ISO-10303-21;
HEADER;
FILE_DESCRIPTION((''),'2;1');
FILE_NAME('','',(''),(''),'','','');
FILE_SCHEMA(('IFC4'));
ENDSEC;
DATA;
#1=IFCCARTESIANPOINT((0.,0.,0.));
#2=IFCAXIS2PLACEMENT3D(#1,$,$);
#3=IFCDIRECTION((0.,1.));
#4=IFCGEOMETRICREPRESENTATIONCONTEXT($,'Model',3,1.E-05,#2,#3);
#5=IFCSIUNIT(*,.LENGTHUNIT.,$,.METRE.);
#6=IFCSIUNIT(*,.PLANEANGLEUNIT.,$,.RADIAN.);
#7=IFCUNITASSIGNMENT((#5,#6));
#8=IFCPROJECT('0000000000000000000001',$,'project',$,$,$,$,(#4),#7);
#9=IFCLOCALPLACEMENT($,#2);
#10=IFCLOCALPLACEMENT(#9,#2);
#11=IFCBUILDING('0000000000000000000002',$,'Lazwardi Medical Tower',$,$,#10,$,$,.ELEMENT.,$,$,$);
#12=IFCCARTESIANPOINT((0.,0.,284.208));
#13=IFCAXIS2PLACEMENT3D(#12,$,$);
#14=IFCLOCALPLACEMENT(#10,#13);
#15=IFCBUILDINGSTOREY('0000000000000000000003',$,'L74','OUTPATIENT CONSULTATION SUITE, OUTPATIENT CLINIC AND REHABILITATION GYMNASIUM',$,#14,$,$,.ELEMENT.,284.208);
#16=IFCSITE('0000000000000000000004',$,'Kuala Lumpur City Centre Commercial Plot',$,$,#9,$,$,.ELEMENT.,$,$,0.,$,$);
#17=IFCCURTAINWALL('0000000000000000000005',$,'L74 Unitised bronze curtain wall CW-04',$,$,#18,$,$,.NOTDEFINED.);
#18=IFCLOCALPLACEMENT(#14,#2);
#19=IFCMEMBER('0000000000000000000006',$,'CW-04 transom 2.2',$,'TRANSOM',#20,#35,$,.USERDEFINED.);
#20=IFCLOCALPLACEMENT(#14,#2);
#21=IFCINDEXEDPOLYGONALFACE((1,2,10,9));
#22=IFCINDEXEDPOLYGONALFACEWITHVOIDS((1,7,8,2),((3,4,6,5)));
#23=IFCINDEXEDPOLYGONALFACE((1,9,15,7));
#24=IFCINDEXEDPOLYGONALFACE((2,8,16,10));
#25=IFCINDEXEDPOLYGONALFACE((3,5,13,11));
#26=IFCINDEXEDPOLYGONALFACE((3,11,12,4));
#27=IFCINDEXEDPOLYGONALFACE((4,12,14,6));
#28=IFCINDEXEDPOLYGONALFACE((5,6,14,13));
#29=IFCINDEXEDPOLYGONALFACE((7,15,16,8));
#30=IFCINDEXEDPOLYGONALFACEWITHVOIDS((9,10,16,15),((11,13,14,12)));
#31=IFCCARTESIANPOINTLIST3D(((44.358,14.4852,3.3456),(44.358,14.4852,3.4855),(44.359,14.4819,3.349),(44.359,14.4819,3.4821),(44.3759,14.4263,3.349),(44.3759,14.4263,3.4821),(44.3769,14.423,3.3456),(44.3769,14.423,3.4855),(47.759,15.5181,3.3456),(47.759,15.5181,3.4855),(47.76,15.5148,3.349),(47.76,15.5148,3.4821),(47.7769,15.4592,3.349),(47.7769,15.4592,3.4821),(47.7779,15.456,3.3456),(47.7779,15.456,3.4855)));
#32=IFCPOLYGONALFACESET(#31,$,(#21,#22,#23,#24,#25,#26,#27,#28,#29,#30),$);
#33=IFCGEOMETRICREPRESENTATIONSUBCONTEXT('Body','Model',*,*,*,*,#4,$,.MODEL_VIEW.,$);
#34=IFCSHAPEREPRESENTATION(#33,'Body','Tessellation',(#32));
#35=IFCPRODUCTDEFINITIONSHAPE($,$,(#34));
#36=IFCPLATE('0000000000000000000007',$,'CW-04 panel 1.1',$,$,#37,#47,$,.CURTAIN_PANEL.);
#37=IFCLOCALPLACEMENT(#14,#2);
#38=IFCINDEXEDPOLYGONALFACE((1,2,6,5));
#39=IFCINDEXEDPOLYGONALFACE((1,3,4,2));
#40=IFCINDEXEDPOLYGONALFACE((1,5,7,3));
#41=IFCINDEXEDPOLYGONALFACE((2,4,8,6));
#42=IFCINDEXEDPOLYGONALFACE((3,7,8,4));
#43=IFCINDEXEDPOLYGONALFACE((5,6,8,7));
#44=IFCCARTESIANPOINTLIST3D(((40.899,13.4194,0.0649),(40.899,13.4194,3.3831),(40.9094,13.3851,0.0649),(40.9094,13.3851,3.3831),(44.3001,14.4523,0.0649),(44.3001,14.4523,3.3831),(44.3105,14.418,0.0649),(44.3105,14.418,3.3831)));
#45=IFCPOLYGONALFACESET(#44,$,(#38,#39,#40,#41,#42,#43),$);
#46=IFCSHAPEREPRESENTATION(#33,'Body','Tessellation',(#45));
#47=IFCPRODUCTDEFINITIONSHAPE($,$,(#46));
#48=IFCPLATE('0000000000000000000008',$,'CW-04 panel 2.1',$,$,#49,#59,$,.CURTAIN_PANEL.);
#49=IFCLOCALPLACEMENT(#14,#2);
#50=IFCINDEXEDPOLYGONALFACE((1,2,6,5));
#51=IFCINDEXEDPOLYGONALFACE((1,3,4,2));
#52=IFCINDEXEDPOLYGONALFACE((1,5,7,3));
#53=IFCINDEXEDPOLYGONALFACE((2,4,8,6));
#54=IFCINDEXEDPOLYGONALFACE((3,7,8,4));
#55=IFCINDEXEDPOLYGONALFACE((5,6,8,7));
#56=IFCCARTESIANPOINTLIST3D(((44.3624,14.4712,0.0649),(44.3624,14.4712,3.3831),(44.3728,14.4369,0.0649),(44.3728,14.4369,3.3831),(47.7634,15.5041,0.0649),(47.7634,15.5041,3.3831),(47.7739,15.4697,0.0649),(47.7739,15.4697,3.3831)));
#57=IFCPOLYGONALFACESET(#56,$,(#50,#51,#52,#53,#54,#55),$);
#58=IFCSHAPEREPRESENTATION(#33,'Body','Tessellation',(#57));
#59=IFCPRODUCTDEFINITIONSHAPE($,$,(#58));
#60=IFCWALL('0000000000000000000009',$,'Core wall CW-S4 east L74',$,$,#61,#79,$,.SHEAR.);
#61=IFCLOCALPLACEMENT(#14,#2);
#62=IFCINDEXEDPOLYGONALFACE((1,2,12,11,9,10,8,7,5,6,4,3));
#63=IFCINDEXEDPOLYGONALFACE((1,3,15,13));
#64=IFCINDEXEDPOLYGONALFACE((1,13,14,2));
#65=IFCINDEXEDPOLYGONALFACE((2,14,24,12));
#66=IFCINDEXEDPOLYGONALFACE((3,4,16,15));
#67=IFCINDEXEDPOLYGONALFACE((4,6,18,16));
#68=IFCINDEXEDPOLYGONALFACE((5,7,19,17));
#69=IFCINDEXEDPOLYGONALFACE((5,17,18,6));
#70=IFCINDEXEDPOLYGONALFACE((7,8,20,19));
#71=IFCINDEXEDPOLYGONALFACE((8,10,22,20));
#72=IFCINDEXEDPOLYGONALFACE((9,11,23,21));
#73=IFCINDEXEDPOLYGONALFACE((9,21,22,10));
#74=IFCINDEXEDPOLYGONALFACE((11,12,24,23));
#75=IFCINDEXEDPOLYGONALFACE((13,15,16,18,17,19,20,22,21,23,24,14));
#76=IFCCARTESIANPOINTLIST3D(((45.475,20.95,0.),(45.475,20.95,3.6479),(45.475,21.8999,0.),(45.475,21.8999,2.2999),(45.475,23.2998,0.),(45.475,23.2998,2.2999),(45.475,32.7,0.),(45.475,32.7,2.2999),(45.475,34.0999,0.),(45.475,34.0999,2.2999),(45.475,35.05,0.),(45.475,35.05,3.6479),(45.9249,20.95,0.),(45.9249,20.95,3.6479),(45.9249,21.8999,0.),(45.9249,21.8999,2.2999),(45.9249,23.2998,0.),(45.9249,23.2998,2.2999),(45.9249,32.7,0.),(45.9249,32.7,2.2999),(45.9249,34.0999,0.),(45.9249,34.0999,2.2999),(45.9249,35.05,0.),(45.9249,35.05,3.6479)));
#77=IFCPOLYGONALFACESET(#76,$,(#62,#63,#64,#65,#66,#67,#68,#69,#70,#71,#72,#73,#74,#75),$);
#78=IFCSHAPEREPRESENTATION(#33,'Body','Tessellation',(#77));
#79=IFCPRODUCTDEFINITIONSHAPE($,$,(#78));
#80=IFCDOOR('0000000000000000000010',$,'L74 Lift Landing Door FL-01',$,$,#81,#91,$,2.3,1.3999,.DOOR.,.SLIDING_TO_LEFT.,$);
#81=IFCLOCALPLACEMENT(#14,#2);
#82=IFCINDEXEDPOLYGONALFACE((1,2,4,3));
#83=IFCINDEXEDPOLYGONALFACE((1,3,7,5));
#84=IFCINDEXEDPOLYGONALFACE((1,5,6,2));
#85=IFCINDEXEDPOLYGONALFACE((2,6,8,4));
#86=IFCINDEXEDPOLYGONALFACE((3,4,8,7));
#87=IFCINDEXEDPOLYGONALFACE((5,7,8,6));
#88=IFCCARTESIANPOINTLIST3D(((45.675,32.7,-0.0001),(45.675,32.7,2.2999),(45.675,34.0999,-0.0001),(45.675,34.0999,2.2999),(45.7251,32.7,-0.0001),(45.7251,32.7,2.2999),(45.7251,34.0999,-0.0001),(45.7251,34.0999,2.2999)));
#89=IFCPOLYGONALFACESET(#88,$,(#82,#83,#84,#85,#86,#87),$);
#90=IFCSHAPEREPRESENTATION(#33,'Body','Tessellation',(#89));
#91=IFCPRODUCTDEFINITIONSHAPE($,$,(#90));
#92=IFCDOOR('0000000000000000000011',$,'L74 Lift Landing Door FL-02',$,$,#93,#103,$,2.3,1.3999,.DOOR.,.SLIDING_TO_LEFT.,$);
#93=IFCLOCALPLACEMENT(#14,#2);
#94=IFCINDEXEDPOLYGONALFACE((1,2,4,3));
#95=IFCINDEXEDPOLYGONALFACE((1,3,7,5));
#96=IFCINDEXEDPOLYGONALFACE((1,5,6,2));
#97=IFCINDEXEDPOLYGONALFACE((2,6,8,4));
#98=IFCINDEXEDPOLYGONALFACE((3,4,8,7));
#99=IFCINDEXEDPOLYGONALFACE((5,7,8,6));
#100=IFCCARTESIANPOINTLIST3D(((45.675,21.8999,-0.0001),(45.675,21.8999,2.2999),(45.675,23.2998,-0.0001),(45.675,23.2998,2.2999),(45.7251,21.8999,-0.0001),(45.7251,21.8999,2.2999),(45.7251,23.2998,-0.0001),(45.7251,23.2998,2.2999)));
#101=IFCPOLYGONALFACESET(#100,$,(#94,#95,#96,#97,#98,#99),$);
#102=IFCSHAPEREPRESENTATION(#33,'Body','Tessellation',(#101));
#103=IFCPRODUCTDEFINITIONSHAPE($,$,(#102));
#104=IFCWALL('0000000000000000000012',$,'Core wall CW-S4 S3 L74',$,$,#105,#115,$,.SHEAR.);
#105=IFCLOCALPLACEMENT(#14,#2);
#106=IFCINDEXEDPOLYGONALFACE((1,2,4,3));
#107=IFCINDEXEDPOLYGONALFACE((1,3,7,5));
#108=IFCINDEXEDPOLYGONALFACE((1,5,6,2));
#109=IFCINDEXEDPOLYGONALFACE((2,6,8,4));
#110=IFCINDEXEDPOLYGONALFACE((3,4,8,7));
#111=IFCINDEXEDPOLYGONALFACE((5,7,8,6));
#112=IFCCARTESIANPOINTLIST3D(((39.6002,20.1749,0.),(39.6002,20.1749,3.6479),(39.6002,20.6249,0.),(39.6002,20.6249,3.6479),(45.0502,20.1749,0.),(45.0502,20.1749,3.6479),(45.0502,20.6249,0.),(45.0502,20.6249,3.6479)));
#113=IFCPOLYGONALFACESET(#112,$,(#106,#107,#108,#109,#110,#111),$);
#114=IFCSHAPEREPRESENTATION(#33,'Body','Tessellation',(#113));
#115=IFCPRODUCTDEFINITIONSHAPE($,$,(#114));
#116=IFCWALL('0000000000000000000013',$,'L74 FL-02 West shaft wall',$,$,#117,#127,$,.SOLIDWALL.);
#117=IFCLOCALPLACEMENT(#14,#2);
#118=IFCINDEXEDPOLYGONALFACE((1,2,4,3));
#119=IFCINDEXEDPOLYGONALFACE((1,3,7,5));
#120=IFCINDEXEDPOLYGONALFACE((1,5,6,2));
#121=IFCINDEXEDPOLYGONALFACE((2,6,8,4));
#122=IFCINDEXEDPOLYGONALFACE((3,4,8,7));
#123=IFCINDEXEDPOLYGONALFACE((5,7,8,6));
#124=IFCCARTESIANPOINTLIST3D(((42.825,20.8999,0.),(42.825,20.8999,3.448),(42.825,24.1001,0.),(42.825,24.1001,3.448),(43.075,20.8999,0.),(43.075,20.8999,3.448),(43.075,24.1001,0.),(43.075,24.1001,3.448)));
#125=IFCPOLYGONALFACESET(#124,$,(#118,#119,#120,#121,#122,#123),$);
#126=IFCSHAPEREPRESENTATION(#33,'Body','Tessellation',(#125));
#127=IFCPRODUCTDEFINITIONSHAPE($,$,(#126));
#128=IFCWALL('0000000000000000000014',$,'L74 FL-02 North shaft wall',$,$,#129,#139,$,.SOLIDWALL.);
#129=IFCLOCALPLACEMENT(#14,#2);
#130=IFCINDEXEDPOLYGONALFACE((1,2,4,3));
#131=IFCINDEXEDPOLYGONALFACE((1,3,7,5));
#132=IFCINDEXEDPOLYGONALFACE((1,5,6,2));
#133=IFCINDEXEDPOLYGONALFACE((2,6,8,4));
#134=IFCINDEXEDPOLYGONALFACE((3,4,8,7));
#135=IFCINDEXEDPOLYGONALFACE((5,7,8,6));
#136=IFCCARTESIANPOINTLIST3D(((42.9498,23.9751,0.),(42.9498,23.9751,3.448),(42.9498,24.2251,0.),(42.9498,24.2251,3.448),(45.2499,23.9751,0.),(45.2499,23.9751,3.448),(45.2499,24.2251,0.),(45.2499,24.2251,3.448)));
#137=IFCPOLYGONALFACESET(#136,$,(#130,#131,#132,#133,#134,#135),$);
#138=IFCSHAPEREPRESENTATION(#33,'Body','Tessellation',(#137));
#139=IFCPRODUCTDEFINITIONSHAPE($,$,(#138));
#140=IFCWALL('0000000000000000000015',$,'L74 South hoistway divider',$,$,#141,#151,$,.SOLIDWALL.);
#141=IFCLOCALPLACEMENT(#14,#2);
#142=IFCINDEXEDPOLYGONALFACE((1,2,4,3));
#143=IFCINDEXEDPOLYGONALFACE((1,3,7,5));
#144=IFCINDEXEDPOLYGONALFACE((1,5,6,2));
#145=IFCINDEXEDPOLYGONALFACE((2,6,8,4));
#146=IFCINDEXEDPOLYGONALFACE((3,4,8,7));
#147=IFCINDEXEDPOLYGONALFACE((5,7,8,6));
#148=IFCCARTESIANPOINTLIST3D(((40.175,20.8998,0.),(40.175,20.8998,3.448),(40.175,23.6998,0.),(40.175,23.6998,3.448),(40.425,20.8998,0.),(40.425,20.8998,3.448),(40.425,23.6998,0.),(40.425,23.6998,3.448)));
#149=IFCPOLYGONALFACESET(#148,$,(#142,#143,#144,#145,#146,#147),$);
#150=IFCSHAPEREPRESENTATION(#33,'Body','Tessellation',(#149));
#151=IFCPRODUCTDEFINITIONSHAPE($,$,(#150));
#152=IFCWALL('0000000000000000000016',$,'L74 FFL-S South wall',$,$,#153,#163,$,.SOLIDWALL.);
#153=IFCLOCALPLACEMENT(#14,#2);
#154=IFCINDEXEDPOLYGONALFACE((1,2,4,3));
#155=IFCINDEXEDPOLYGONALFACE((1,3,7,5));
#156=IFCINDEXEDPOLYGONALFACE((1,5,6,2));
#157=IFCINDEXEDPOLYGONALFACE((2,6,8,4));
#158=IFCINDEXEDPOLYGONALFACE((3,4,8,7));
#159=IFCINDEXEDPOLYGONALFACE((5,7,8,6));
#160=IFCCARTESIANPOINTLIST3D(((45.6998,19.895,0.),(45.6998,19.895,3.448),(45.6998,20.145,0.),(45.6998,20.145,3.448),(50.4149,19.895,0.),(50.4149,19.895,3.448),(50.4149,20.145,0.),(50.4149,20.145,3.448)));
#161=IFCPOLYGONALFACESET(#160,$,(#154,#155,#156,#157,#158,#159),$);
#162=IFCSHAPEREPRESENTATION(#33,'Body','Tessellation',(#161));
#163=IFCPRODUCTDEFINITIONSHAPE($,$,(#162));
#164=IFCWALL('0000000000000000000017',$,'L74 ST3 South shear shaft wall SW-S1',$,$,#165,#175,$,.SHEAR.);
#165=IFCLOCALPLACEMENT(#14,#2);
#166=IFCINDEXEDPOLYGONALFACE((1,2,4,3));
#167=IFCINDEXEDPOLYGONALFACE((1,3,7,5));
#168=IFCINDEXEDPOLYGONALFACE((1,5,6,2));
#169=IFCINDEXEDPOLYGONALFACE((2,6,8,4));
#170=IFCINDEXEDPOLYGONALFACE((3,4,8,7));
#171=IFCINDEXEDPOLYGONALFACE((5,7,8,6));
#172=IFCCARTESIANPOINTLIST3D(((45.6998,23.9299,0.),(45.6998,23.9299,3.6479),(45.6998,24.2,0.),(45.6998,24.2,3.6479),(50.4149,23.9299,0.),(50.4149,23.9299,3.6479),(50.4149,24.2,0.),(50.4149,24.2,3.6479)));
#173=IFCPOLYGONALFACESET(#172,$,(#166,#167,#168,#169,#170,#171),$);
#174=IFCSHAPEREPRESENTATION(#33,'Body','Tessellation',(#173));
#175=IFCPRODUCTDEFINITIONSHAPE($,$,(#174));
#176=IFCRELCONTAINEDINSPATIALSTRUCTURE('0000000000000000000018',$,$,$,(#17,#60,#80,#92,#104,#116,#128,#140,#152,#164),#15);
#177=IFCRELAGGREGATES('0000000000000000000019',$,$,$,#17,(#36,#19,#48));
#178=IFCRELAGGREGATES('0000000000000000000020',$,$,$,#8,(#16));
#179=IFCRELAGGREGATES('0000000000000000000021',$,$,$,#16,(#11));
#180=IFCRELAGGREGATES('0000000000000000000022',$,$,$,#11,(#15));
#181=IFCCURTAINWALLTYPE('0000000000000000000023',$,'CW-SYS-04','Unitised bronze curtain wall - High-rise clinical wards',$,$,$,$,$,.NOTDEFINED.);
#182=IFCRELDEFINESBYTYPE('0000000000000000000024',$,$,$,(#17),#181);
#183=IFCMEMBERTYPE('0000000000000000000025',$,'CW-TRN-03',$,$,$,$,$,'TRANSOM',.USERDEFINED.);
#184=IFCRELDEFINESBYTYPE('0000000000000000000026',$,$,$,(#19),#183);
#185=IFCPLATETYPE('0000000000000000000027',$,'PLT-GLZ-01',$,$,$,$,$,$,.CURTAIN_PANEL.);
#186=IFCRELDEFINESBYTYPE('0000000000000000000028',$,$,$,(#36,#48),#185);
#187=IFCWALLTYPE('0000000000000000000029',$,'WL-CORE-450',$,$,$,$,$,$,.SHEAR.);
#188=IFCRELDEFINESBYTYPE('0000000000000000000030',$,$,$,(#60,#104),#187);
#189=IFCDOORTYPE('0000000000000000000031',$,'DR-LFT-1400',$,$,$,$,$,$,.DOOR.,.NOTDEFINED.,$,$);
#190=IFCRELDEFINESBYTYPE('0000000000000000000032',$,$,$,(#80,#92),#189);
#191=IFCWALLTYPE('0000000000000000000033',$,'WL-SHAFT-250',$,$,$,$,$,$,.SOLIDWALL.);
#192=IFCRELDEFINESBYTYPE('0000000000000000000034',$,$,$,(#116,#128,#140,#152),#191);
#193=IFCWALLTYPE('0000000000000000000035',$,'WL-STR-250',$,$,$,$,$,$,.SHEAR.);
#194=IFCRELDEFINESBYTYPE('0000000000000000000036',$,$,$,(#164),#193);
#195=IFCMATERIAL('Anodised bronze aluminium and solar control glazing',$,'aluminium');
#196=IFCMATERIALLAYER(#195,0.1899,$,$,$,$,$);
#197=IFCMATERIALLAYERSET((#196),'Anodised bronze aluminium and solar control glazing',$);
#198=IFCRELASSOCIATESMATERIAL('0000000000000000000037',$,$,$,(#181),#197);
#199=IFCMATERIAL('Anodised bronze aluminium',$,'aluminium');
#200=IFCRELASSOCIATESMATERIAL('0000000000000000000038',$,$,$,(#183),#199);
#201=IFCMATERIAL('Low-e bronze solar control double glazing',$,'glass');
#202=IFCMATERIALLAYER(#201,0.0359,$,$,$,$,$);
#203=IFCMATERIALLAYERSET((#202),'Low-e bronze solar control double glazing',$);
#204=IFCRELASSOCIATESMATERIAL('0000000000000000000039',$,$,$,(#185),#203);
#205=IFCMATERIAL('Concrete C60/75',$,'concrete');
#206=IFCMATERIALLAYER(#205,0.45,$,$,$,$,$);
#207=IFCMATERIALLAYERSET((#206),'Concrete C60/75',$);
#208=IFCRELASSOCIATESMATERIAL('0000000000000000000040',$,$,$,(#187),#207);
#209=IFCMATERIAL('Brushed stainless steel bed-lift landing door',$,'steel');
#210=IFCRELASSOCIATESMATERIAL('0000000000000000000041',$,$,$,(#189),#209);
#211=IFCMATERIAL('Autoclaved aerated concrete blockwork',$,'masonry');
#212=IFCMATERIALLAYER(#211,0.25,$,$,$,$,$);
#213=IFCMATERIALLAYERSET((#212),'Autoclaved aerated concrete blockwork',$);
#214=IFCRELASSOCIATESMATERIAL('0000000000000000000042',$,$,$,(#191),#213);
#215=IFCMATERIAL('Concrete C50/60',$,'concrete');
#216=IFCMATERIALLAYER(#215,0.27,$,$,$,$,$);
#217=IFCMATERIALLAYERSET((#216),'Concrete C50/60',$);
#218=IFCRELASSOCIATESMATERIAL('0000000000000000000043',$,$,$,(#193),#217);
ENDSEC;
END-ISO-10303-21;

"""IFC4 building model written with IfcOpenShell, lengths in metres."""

from ifc_helpers import new_model, si_unit, direction, frame, frame_2d, origin, origin_2d, place, context, subcontext, project, spatial, rectangle, hollow_rectangle, extrude, material, layer, layer_set, material_profile, profile_set, type_object, element, fill, aggregate, save


model = new_model("IFC4")

# Units and contexts
model_context = context("Model", 3, precision=1e-05, world=origin(), true_north=direction((0.0, 1.0)))
body_context = subcontext(model_context, "Body", "Model", "MODEL_VIEW")
ifc_project = project(units=[si_unit("LENGTHUNIT", "METRE"), si_unit("PLANEANGLEUNIT", "RADIAN")], contexts=[model_context])

# Site, building, storey
site_placement = place(None, origin())
site = spatial("IfcSite", under=ifc_project, at=site_placement, Name="Kuala Lumpur City Centre Commercial Plot", CompositionType="ELEMENT", RefElevation=0.0)
building_placement = place(site_placement, origin())
building = spatial("IfcBuilding", under=site, at=building_placement, Name="Lazwardi Medical Tower", CompositionType="ELEMENT")
storey_placement = place(building_placement, frame((0.0, 0.0, 284.208)))
storey = spatial("IfcBuildingStorey", under=building, at=storey_placement, Name="L74", Description="OUTPATIENT CONSULTATION SUITE, OUTPATIENT CLINIC AND REHABILITATION GYMNASIUM", CompositionType="ELEMENT", Elevation=284.208)

# Shared definitions
ifc_material_1 = material(Name="Concrete C60/75", Category="concrete")

# Curtain wall, member, plates
ifc_material_2 = material(Name="Anodised bronze aluminium and solar control glazing", Category="aluminium")
ifc_layer_1 = layer(ifc_material_2, 0.1899)
ifc_layer_set_1 = layer_set([ifc_layer_1], Name="Anodised bronze aluminium and solar control glazing")
curtain_wall_type = type_object("IfcCurtainWallType", Name="CW-SYS-04", Description="Unitised bronze curtain wall - High-rise clinical wards", PredefinedType="NOTDEFINED", material=ifc_layer_set_1)
curtain_wall_placement = place(storey_placement, origin())
curtain_wall = element("IfcCurtainWall", 1, at=curtain_wall_placement, inside=storey, type_object=curtain_wall_type, Name="L74 Unitised bronze curtain wall CW-04", PredefinedType="NOTDEFINED")
ifc_material_3 = material(Name="Anodised bronze aluminium", Category="aluminium")
ifc_material_profile_1 = material_profile(ifc_material_3, hollow_rectangle(XDim=0.0649, YDim=0.1399, WallThickness=0.0034, at=origin_2d()), Name="ALU-TRANSOM 140x65x3.5")
ifc_profile_set_1 = profile_set([ifc_material_profile_1], Name="Anodised bronze aluminium")
member_type_1 = type_object("IfcMemberType", Name="CW-TRN-03", ElementType="TRANSOM", PredefinedType="USERDEFINED", material=ifc_profile_set_1)
member_1_placement = place(storey_placement, frame((44.3674, 14.4541, 3.4155), z_axis=(0.956843, 0.290604, 0.0), x_axis=(-0.290604, 0.956843, 0.0)))
member_1 = element("IfcMember", 2, at=member_1_placement, type_object=member_type_1, Name="CW-04 transom 2.2", ObjectType="TRANSOM", PredefinedType="USERDEFINED", context=body_context, shape_type="SweptSolid", body=[
    extrude(hollow_rectangle(XDim=0.0649, YDim=0.1399, WallThickness=0.0034, at=origin_2d()), origin(), (0.0, 0.0, 1.0), 3.5544),
])
ifc_material_4 = material(Name="Low-e bronze solar control double glazing", Category="glass")
ifc_layer_2 = layer(ifc_material_4, 0.0359)
ifc_layer_set_2 = layer_set([ifc_layer_2], Name="Low-e bronze solar control double glazing")
plate_type = type_object("IfcPlateType", Name="PLT-GLZ-01", PredefinedType="CURTAIN_PANEL", material=ifc_layer_set_2)
plate_1_placement = place(storey_placement, frame((42.6047, 13.9187, 0.0649), z_axis=(0.0, 0.0, 1.0), x_axis=(0.95685, 0.290582, 0.0)))
plate_1 = element("IfcPlate", 3, at=plate_1_placement, type_object=plate_type, Name="CW-04 panel 1.1", PredefinedType="CURTAIN_PANEL", context=body_context, shape_type="SweptSolid", body=[
    extrude(rectangle(XDim=3.5544, YDim=0.0359, at=origin_2d()), origin(), (0.0, 0.0, 1.0), 3.3181),
])
plate_2_placement = place(storey_placement, frame((46.0681, 14.9705, 0.0649), z_axis=(0.0, 0.0, 1.0), x_axis=(0.95685, 0.290582, 0.0)))
plate_2 = element("IfcPlate", 4, at=plate_2_placement, type_object=plate_type, Name="CW-04 panel 2.1", PredefinedType="CURTAIN_PANEL", context=body_context, shape_type="SweptSolid", body=[
    extrude(rectangle(XDim=3.5544, YDim=0.0359, at=origin_2d()), origin(), (0.0, 0.0, 1.0), 3.3181),
])
aggregate(curtain_wall, [plate_1, member_1, plate_2])

# Wall, openings, doors
ifc_layer_3 = layer(ifc_material_1, 0.45)
ifc_layer_set_3 = layer_set([ifc_layer_3], Name="Concrete C60/75")
wall_type_1 = type_object("IfcWallType", Name="WL-CORE-450", PredefinedType="SHEAR", material=ifc_layer_set_3)
wall_1_placement = place(storey_placement, frame((45.7, 20.95, 0.0), z_axis=(0.0, 0.0, 1.0), x_axis=(0.0, 1.0, 0.0)))
wall_1 = element("IfcWall", 5, at=wall_1_placement, inside=storey, type_object=wall_type_1, Name="Core wall CW-S4 east L74", PredefinedType="SHEAR", context=body_context, shape_type="SweptSolid", body=[
    extrude(rectangle(XDim=14.1001, YDim=0.45, at=frame_2d((7.05, 0.0))), origin(), (0.0, 0.0, 1.0), 3.6479),
])
opening_1_placement = place(wall_1_placement, frame((11.75, 0.0, 0.0)))
opening_1 = element("IfcOpeningElement", 6, at=opening_1_placement, cuts=wall_1, PredefinedType="OPENING", context=body_context, shape_type="SweptSolid", body=[
    extrude(rectangle(XDim=1.3999, YDim=2.3, at=frame_2d((0.7, 1.1499))), frame((0.0, 0.2349, 0.0), z_axis=(0.0, -1.0, 0.0), x_axis=(1.0, 0.0, 0.0)), (0.0, 0.0, 1.0), 0.47),
])
opening_2_placement = place(wall_1_placement, frame((0.95, 0.0, 0.0)))
opening_2 = element("IfcOpeningElement", 7, at=opening_2_placement, cuts=wall_1, PredefinedType="OPENING", context=body_context, shape_type="SweptSolid", body=[
    extrude(rectangle(XDim=1.3999, YDim=2.3, at=frame_2d((0.7, 1.1499))), frame((0.0, 0.2349, 0.0), z_axis=(0.0, -1.0, 0.0), x_axis=(1.0, 0.0, 0.0)), (0.0, 0.0, 1.0), 0.47),
])
ifc_material_5 = material(Name="Brushed stainless steel bed-lift landing door", Category="steel")
door_type = type_object("IfcDoorType", Name="DR-LFT-1400", OperationType="NOTDEFINED", PredefinedType="DOOR", material=ifc_material_5)
door_1_placement = place(opening_1_placement, origin())
door_1 = element("IfcDoor", 8, at=door_1_placement, inside=storey, type_object=door_type, Name="L74 Lift Landing Door FL-01", OperationType="SLIDING_TO_LEFT", OverallHeight=2.3, OverallWidth=1.3999, PredefinedType="DOOR", context=body_context, shape_type="SweptSolid", body=[
    extrude(rectangle(XDim=1.3999, YDim=2.3, at=frame_2d((0.7, 1.1499))), frame((0.0, 0.0249, 0.0), z_axis=(0.0, -1.0, 0.0), x_axis=(1.0, 0.0, 0.0)), (0.0, 0.0, 1.0), 0.05),
])
fill(opening_1, door_1)
door_2_placement = place(opening_2_placement, origin())
door_2 = element("IfcDoor", 9, at=door_2_placement, inside=storey, type_object=door_type, Name="L74 Lift Landing Door FL-02", OperationType="SLIDING_TO_LEFT", OverallHeight=2.3, OverallWidth=1.3999, PredefinedType="DOOR", context=body_context, shape_type="SweptSolid", body=[
    extrude(rectangle(XDim=1.3999, YDim=2.3, at=frame_2d((0.7, 1.1499))), frame((0.0, 0.0249, 0.0), z_axis=(0.0, -1.0, 0.0), x_axis=(1.0, 0.0, 0.0)), (0.0, 0.0, 1.0), 0.05),
])
fill(opening_2, door_2)

# Walls
wall_2_placement = place(storey_placement, frame((39.6001, 20.3999, 0.0), z_axis=(0.0, 0.0, 1.0), x_axis=(1.0, 0.0, 0.0)))
element("IfcWall", 10, at=wall_2_placement, inside=storey, type_object=wall_type_1, Name="Core wall CW-S4 S3 L74", PredefinedType="SHEAR", context=body_context, shape_type="SweptSolid", body=[
    extrude(rectangle(XDim=5.45, YDim=0.45, at=frame_2d((2.7251, 0.0))), origin(), (0.0, 0.0, 1.0), 3.6479),
])
ifc_material_6 = material(Name="Autoclaved aerated concrete blockwork", Category="masonry")
ifc_layer_4 = layer(ifc_material_6, 0.25)
ifc_layer_set_4 = layer_set([ifc_layer_4], Name="Autoclaved aerated concrete blockwork")
wall_type_2 = type_object("IfcWallType", Name="WL-SHAFT-250", PredefinedType="SOLIDWALL", material=ifc_layer_set_4)
wall_3_placement = place(storey_placement, frame((42.95, 20.8999, 0.0), z_axis=(0.0, 0.0, 1.0), x_axis=(0.0, 1.0, 0.0)))
element("IfcWall", 11, at=wall_3_placement, inside=storey, type_object=wall_type_2, Name="L74 FL-02 West shaft wall", PredefinedType="SOLIDWALL", context=body_context, shape_type="SweptSolid", body=[
    extrude(rectangle(XDim=3.2002, YDim=0.25, at=frame_2d((1.6001, 0.0))), origin(), (0.0, 0.0, 1.0), 3.448),
])
wall_4_placement = place(storey_placement, frame((42.95, 24.1001, 0.0), z_axis=(0.0, 0.0, 1.0), x_axis=(1.0, 0.0, 0.0)))
element("IfcWall", 12, at=wall_4_placement, inside=storey, type_object=wall_type_2, Name="L74 FL-02 North shaft wall", PredefinedType="SOLIDWALL", context=body_context, shape_type="SweptSolid", body=[
    extrude(rectangle(XDim=2.3, YDim=0.25, at=frame_2d((1.1499, 0.0))), origin(), (0.0, 0.0, 1.0), 3.448),
])
wall_5_placement = place(storey_placement, frame((40.3, 20.8999, 0.0), z_axis=(0.0, 0.0, 1.0), x_axis=(0.0, 1.0, 0.0)))
element("IfcWall", 13, at=wall_5_placement, inside=storey, type_object=wall_type_2, Name="L74 South hoistway divider", PredefinedType="SOLIDWALL", context=body_context, shape_type="SweptSolid", body=[
    extrude(rectangle(XDim=2.8, YDim=0.25, at=frame_2d((1.3999, 0.0))), origin(), (0.0, 0.0, 1.0), 3.448),
])
wall_6_placement = place(storey_placement, frame((45.7, 20.02, 0.0), z_axis=(0.0, 0.0, 1.0), x_axis=(1.0, 0.0, 0.0)))
element("IfcWall", 14, at=wall_6_placement, inside=storey, type_object=wall_type_2, Name="L74 FFL-S South wall", PredefinedType="SOLIDWALL", context=body_context, shape_type="SweptSolid", body=[
    extrude(rectangle(XDim=4.7151, YDim=0.25, at=frame_2d((2.3574, 0.0))), origin(), (0.0, 0.0, 1.0), 3.448),
])
ifc_material_7 = material(Name="Concrete C50/60", Category="concrete")
ifc_layer_5 = layer(ifc_material_7, 0.27)
ifc_layer_set_5 = layer_set([ifc_layer_5], Name="Concrete C50/60")
wall_type_3 = type_object("IfcWallType", Name="WL-STR-250", PredefinedType="SHEAR", material=ifc_layer_set_5)
wall_7_placement = place(storey_placement, frame((45.7, 24.0649, 0.0), z_axis=(0.0, 0.0, 1.0), x_axis=(1.0, 0.0, 0.0)))
element("IfcWall", 15, at=wall_7_placement, inside=storey, type_object=wall_type_3, Name="L74 ST3 South shear shaft wall SW-S1", PredefinedType="SHEAR", context=body_context, shape_type="SweptSolid", body=[
    extrude(rectangle(XDim=4.7151, YDim=0.27, at=frame_2d((2.3574, 0.0))), origin(), (0.0, 0.0, 1.0), 3.6479),
])

save(model, "model.ifc")
